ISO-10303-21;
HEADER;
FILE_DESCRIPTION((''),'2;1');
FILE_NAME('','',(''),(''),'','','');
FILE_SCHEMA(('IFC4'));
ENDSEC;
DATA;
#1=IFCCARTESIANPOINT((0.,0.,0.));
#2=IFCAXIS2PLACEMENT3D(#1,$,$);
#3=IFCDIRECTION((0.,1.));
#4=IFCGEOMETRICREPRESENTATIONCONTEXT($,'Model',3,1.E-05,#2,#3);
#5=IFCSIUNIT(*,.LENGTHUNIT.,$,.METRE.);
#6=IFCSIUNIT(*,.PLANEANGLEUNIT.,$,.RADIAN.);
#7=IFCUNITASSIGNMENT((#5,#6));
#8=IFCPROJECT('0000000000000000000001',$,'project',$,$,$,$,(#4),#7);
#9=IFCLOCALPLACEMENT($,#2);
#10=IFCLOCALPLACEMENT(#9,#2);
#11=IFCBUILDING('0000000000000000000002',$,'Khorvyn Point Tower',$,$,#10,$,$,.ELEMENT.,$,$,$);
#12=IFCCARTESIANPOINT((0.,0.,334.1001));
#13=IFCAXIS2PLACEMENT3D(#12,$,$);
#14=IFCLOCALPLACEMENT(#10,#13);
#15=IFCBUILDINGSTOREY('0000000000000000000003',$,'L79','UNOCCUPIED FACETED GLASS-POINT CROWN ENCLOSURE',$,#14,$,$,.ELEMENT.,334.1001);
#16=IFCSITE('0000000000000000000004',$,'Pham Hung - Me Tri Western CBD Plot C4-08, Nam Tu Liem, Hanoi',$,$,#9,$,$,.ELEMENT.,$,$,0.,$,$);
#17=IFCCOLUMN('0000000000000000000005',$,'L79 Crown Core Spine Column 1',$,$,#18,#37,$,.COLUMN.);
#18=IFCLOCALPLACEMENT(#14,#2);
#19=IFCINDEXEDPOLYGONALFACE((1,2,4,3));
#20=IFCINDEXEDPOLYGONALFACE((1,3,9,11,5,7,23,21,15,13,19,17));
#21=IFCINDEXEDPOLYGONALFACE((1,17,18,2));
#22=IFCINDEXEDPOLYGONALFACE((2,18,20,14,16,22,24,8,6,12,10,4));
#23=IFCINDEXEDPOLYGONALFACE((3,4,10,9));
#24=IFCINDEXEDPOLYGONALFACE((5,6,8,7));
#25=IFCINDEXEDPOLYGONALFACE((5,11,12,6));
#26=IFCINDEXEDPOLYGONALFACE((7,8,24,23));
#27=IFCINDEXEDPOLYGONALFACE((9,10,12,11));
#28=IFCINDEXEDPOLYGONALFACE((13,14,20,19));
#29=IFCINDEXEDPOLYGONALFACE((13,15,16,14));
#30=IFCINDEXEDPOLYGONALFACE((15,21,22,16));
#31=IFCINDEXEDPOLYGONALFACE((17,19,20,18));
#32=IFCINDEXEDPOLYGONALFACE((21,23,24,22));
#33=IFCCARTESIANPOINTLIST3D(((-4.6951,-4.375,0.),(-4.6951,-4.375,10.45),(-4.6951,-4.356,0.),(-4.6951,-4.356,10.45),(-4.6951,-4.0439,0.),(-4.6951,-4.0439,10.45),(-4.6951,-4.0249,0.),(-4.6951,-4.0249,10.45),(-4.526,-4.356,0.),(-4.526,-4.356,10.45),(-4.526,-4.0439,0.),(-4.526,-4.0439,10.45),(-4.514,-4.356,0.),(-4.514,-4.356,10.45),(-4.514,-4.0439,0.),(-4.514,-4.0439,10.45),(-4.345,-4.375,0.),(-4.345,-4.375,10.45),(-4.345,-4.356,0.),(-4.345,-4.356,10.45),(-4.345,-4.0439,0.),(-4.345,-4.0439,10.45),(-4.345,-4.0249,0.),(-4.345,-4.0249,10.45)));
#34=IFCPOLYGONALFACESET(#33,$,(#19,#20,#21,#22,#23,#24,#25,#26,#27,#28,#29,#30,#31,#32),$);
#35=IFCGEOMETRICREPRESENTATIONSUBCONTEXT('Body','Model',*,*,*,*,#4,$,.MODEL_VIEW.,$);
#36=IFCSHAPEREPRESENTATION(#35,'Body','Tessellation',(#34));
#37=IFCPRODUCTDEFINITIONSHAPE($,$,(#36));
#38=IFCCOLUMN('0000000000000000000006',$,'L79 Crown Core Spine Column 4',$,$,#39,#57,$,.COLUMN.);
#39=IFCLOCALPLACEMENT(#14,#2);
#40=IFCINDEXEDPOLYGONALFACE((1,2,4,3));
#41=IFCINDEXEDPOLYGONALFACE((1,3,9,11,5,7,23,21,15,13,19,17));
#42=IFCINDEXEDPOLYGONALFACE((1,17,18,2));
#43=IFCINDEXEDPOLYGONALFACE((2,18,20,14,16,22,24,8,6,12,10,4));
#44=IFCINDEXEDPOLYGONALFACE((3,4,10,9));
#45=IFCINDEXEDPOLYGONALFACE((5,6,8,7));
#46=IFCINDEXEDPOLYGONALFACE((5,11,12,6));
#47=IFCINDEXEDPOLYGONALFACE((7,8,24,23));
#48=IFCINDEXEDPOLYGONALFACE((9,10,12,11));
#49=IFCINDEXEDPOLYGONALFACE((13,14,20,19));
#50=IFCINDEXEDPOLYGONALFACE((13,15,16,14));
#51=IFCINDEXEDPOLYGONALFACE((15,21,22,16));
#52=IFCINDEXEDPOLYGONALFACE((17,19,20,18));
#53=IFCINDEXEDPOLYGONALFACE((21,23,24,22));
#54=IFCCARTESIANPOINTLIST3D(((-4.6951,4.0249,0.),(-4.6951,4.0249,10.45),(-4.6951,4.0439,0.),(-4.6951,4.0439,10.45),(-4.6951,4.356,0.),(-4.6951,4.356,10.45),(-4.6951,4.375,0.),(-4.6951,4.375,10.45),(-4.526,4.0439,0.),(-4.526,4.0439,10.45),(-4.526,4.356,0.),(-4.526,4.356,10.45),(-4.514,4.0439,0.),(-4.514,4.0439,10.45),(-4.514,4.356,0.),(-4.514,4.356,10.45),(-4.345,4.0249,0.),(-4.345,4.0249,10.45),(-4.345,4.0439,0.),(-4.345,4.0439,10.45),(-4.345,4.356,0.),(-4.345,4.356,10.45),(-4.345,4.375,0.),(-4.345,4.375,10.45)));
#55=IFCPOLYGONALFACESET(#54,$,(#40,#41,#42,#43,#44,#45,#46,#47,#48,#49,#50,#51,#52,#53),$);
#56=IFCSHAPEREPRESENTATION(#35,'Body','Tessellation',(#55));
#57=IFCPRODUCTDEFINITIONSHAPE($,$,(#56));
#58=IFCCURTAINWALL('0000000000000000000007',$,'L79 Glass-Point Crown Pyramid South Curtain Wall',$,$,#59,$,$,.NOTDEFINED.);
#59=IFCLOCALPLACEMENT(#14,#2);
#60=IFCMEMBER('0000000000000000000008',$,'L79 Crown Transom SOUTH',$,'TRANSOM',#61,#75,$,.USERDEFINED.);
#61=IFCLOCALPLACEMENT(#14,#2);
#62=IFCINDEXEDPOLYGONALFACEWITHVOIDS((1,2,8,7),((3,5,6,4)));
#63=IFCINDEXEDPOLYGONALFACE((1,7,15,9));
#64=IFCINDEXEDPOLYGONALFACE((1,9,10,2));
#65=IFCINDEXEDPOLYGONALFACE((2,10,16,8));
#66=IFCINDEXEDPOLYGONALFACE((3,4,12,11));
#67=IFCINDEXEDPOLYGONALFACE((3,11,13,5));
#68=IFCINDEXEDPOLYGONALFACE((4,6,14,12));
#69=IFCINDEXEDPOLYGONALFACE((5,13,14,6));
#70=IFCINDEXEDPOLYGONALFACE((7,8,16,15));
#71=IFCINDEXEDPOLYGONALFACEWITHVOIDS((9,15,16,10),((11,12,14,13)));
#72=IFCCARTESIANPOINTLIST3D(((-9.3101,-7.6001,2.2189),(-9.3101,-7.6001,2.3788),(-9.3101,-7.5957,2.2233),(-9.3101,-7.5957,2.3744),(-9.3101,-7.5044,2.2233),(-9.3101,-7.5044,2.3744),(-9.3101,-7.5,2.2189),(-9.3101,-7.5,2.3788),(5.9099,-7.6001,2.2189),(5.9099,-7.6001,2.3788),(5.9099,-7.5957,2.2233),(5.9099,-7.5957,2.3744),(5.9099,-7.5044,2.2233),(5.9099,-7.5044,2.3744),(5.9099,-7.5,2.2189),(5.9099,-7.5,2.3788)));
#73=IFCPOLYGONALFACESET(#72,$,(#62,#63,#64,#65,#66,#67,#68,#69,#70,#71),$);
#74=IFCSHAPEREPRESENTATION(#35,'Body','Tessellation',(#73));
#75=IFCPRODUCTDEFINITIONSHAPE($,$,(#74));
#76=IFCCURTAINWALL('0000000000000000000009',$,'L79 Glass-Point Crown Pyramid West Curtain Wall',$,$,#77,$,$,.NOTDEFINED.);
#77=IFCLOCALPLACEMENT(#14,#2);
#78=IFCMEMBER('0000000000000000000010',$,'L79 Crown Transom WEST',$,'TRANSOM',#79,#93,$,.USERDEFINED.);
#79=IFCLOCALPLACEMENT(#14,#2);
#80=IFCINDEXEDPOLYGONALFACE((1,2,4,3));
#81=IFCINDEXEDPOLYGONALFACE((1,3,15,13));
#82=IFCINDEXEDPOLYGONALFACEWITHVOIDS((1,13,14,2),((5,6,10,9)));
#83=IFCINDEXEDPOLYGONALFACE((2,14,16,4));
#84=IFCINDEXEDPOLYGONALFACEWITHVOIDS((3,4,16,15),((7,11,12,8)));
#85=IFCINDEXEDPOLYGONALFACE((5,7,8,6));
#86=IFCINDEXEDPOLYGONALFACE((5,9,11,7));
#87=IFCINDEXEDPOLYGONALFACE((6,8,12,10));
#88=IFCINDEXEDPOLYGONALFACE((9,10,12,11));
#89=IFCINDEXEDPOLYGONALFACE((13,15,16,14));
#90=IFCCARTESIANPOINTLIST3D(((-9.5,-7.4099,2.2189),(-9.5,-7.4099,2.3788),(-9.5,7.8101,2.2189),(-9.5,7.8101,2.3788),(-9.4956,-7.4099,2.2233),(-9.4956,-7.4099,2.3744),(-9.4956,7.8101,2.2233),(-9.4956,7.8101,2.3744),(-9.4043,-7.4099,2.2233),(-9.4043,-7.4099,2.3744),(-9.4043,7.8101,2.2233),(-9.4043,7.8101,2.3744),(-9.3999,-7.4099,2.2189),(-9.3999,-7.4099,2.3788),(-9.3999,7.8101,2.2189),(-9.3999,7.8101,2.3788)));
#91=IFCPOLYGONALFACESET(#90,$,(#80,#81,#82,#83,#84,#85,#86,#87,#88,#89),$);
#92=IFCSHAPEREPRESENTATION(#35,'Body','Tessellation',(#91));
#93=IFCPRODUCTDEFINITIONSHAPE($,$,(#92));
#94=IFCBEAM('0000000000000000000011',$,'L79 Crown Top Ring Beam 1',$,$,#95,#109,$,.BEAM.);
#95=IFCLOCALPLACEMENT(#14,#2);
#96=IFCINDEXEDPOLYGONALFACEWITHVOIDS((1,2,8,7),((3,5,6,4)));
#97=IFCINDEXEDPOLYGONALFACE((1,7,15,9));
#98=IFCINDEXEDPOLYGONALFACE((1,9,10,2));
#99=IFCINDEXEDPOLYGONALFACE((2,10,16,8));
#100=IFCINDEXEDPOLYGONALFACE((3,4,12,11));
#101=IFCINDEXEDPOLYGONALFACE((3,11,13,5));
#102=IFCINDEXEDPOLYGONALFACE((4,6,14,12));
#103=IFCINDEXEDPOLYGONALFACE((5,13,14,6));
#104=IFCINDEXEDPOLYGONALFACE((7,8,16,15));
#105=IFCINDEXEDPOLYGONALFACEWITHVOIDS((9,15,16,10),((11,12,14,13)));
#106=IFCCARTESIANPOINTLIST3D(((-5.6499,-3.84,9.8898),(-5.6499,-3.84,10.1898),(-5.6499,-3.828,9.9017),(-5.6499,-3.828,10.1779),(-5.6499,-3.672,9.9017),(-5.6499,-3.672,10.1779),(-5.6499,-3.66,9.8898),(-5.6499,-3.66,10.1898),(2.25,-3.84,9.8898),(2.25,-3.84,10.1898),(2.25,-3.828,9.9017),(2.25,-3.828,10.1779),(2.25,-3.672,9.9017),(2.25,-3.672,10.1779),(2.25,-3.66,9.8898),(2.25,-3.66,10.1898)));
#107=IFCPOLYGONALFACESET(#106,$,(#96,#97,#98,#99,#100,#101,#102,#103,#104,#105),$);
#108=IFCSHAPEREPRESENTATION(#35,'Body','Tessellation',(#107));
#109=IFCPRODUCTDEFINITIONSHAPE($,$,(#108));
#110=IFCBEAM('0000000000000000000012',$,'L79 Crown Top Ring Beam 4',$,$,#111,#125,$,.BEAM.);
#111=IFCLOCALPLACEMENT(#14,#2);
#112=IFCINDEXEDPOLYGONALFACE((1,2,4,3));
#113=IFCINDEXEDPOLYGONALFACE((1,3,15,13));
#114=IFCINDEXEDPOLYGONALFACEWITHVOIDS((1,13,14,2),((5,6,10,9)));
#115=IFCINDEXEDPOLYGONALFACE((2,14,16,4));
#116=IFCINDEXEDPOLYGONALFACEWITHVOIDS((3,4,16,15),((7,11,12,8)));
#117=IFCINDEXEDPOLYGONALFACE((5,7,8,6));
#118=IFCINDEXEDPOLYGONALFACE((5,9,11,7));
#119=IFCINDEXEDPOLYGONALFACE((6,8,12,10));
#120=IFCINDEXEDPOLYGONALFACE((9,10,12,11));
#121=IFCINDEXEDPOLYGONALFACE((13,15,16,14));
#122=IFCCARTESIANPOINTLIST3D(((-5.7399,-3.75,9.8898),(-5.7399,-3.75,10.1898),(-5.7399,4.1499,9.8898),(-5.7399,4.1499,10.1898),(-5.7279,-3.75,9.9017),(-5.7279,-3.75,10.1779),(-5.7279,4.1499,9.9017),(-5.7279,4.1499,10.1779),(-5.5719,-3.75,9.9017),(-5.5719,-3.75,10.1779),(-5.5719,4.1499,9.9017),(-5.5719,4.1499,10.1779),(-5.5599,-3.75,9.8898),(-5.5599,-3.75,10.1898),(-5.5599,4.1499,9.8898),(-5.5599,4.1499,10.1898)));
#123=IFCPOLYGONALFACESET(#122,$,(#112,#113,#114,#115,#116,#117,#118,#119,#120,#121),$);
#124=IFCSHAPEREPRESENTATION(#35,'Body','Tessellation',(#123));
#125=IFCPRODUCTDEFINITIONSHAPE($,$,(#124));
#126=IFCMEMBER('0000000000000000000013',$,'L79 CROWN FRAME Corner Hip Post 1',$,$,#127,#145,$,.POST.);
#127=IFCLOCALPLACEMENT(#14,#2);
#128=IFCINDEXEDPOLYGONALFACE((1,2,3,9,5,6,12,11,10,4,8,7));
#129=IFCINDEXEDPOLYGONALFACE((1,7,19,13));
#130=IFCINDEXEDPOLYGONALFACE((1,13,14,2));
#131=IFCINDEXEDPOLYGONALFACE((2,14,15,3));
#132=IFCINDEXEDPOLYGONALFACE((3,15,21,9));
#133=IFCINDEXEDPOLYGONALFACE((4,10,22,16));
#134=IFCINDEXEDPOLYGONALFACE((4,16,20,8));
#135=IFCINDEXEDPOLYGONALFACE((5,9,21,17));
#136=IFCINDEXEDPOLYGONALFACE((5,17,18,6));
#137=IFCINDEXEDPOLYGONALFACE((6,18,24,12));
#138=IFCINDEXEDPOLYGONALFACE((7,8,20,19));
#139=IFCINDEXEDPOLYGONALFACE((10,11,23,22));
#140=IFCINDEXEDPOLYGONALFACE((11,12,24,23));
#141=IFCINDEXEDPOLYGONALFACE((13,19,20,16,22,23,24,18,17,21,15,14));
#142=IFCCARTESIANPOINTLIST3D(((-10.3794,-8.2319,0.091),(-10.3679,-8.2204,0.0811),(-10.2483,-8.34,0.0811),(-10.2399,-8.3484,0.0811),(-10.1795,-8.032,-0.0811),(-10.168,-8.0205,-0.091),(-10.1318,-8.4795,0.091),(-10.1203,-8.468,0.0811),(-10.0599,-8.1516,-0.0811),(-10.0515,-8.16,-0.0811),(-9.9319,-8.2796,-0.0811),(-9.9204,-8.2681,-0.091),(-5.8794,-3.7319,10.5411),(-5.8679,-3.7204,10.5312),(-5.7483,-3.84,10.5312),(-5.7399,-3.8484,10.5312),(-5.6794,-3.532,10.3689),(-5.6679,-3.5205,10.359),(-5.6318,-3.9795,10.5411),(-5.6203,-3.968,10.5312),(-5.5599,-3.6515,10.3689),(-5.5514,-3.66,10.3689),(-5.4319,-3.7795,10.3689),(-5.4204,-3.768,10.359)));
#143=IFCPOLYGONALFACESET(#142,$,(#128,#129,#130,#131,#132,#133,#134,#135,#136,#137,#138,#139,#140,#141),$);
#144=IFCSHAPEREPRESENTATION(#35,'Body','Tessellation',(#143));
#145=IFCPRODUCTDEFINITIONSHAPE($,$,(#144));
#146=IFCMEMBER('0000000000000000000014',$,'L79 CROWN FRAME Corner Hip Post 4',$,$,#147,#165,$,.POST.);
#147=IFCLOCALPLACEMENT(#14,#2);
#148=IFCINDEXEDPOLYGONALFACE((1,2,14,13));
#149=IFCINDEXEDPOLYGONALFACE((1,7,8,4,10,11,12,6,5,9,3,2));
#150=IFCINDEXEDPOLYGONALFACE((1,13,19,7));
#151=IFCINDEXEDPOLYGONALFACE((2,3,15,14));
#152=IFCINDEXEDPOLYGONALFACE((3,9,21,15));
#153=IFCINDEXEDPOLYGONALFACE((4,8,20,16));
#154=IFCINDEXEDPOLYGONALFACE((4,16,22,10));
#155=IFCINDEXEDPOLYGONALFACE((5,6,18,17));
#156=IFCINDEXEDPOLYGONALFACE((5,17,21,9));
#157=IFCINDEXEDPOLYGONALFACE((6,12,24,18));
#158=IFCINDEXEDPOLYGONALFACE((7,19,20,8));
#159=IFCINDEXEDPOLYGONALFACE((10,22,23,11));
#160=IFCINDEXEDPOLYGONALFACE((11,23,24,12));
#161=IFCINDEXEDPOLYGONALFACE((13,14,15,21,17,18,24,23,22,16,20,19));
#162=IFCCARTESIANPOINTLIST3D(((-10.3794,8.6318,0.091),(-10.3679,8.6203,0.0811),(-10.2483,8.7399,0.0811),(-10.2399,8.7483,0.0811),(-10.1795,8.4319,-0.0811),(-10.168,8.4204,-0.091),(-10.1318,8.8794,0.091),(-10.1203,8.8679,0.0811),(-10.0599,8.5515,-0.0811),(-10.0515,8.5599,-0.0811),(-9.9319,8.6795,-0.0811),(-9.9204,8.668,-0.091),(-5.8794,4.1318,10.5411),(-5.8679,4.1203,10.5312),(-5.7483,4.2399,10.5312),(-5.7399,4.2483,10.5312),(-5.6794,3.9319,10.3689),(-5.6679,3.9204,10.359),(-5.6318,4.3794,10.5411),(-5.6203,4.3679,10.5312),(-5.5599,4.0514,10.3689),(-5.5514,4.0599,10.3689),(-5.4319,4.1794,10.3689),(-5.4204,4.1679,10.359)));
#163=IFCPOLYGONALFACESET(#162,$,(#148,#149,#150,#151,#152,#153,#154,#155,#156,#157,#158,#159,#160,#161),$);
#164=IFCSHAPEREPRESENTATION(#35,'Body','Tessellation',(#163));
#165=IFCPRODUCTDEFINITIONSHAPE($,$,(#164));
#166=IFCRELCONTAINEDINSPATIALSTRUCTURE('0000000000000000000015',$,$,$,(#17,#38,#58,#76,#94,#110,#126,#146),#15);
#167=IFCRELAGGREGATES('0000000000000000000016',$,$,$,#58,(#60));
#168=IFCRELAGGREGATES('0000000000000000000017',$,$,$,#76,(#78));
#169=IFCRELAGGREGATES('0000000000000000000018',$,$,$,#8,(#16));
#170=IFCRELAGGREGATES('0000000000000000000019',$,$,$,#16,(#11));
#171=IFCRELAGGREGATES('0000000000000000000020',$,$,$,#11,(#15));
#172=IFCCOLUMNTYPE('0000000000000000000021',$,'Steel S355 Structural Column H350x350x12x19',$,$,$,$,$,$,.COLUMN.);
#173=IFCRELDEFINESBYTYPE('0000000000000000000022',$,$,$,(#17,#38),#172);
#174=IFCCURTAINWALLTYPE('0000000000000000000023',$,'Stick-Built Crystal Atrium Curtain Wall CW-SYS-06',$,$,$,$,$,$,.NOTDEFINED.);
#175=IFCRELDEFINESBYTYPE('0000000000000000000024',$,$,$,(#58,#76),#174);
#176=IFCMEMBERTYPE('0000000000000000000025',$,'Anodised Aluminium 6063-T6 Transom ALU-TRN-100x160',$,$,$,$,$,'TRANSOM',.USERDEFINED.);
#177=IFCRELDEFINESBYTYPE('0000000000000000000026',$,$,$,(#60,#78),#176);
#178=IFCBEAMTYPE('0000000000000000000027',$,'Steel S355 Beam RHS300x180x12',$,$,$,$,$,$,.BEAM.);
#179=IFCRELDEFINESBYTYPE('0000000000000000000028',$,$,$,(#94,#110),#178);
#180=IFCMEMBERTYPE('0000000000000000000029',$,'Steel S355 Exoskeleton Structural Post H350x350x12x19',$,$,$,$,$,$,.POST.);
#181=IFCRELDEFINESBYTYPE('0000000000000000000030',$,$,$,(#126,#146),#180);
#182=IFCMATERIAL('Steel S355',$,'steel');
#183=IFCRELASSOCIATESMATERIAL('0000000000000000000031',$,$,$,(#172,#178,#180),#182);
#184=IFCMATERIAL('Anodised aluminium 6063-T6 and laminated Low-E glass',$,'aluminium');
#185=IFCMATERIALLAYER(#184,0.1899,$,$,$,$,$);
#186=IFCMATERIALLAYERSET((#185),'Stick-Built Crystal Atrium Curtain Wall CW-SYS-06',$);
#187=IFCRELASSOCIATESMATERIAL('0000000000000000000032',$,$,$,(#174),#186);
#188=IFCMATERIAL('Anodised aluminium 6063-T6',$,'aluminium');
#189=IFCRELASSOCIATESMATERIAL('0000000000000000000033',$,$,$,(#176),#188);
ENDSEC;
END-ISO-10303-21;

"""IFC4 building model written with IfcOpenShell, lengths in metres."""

from ifc_helpers import new_model, si_unit, direction, frame, origin, origin_2d, place, context, subcontext, project, spatial, hollow_rectangle, i_section, extrude, material, layer, layer_set, material_profile, profile_set, type_object, element, aggregate, save


model = new_model("IFC4")

# Units and contexts
model_context = context("Model", 3, precision=1e-05, world=origin(), true_north=direction((0.0, 1.0)))
body_context = subcontext(model_context, "Body", "Model", "MODEL_VIEW")
ifc_project = project(units=[si_unit("LENGTHUNIT", "METRE"), si_unit("PLANEANGLEUNIT", "RADIAN")], contexts=[model_context])

# Site, building, storey
site_placement = place(None, origin())
site = spatial("IfcSite", under=ifc_project, at=site_placement, Name="Pham Hung - Me Tri Western CBD Plot C4-08, Nam Tu Liem, Hanoi", CompositionType="ELEMENT", RefElevation=0.0)
building_placement = place(site_placement, origin())
building = spatial("IfcBuilding", under=site, at=building_placement, Name="Khorvyn Point Tower", CompositionType="ELEMENT")
storey_placement = place(building_placement, frame((0.0, 0.0, 334.1001)))
storey = spatial("IfcBuildingStorey", under=building, at=storey_placement, Name="L79", Description="UNOCCUPIED FACETED GLASS-POINT CROWN ENCLOSURE", CompositionType="ELEMENT", Elevation=334.1001)

# Columns
ifc_material_1 = material(Name="Steel S355", Category="steel")
ifc_material_profile_1 = material_profile(ifc_material_1, i_section(OverallWidth=0.3501, OverallDepth=0.3501, WebThickness=0.012, FlangeThickness=0.019, at=origin_2d()))
ifc_profile_set_1 = profile_set([ifc_material_profile_1], Name="Steel S355 H350x350x12x19")
column_type = type_object("IfcColumnType", Name="Steel S355 Structural Column H350x350x12x19", PredefinedType="COLUMN", material=ifc_profile_set_1)
for number, where, z_axis, x_axis, name in (
    (1, (-4.52, -4.2, 0.0), (0.0, 0.0, 1.0), (1.0, 0.0, 0.0), "L79 Crown Core Spine Column 1"),
    (2, (-4.52, 4.2, 0.0), (0.0, 0.0, 1.0), (1.0, 0.0, 0.0), "L79 Crown Core Spine Column 4"),
):
    element("IfcColumn", number, at=place(storey_placement, frame(where, z_axis=z_axis, x_axis=x_axis)), inside=storey, type_object=column_type, Name=name, PredefinedType="COLUMN", context=body_context, shape_type="SweptSolid", body=[
        extrude(i_section(OverallWidth=0.3501, OverallDepth=0.3501, WebThickness=0.012, FlangeThickness=0.019, at=origin_2d()), origin(), (0.0, 0.0, 1.0), 10.45),
    ])

# Curtain walls, members
ifc_material_2 = material(Name="Anodised aluminium 6063-T6 and laminated Low-E glass", Category="aluminium")
ifc_layer_1 = layer(ifc_material_2, 0.1899)
ifc_layer_set_1 = layer_set([ifc_layer_1], Name="Stick-Built Crystal Atrium Curtain Wall CW-SYS-06")
curtain_wall_type = type_object("IfcCurtainWallType", Name="Stick-Built Crystal Atrium Curtain Wall CW-SYS-06", PredefinedType="NOTDEFINED", material=ifc_layer_set_1)
curtain_wall_1_placement = place(storey_placement, origin())
curtain_wall_1 = element("IfcCurtainWall", 3, at=curtain_wall_1_placement, inside=storey, type_object=curtain_wall_type, Name="L79 Glass-Point Crown Pyramid South Curtain Wall", PredefinedType="NOTDEFINED")
ifc_material_3 = material(Name="Anodised aluminium 6063-T6", Category="aluminium")
ifc_material_profile_2 = material_profile(ifc_material_3, hollow_rectangle(XDim=0.1001, YDim=0.1599, WallThickness=0.0044, at=origin_2d()))
ifc_profile_set_2 = profile_set([ifc_material_profile_2], Name="Anodised aluminium 6063-T6 ALU-TRN-100x160")
member_type_1 = type_object("IfcMemberType", Name="Anodised Aluminium 6063-T6 Transom ALU-TRN-100x160", ElementType="TRANSOM", PredefinedType="USERDEFINED", material=ifc_profile_set_2)
member_1_placement = place(storey_placement, frame((-9.3101, -7.55, 2.2988), z_axis=(1.0, 0.0, 0.0), x_axis=(0.0, 1.0, 0.0)))
member_1 = element("IfcMember", 4, at=member_1_placement, type_object=member_type_1, Name="L79 Crown Transom SOUTH", ObjectType="TRANSOM", PredefinedType="USERDEFINED", context=body_context, shape_type="SweptSolid", body=[
    extrude(hollow_rectangle(XDim=0.1001, YDim=0.1599, WallThickness=0.0044, at=origin_2d()), origin(), (0.0, 0.0, 1.0), 15.22),
])
curtain_wall_2_placement = place(storey_placement, origin())
curtain_wall_2 = element("IfcCurtainWall", 5, at=curtain_wall_2_placement, inside=storey, type_object=curtain_wall_type, Name="L79 Glass-Point Crown Pyramid West Curtain Wall", PredefinedType="NOTDEFINED")
member_2_placement = place(storey_placement, frame((-9.45, 7.8101, 2.2988), z_axis=(0.0, -1.0, 0.0), x_axis=(1.0, 0.0, 0.0)))
member_2 = element("IfcMember", 6, at=member_2_placement, type_object=member_type_1, Name="L79 Crown Transom WEST", ObjectType="TRANSOM", PredefinedType="USERDEFINED", context=body_context, shape_type="SweptSolid", body=[
    extrude(hollow_rectangle(XDim=0.1001, YDim=0.1599, WallThickness=0.0044, at=origin_2d()), origin(), (0.0, 0.0, 1.0), 15.22),
])

# Beams
ifc_material_profile_3 = material_profile(ifc_material_1, hollow_rectangle(XDim=0.1799, YDim=0.3, WallThickness=0.012, at=origin_2d()))
ifc_profile_set_3 = profile_set([ifc_material_profile_3], Name="Steel S355 RHS300x180x12")
beam_type_1 = type_object("IfcBeamType", Name="Steel S355 Beam RHS300x180x12", PredefinedType="BEAM", material=ifc_profile_set_3)
for number, where, z_axis, x_axis, name in (
    (7, (-5.6499, -3.75, 10.0398), (1.0, 0.0, 0.0), (0.0, 1.0, 0.0), "L79 Crown Top Ring Beam 1"),
    (8, (-5.6499, 4.1499, 10.0398), (0.0, -1.0, 0.0), (1.0, 0.0, 0.0), "L79 Crown Top Ring Beam 4"),
):
    element("IfcBeam", number, at=place(storey_placement, frame(where, z_axis=z_axis, x_axis=x_axis)), inside=storey, type_object=beam_type_1, Name=name, PredefinedType="BEAM", context=body_context, shape_type="SweptSolid", body=[
        extrude(hollow_rectangle(XDim=0.1799, YDim=0.3, WallThickness=0.012, at=origin_2d()), origin(), (0.0, 0.0, 1.0), 7.8999),
    ])

# Members
ifc_material_profile_4 = material_profile(ifc_material_1, i_section(OverallWidth=0.3501, OverallDepth=0.3501, WebThickness=0.012, FlangeThickness=0.019, at=origin_2d()))
ifc_profile_set_4 = profile_set([ifc_material_profile_4], Name="Steel S355 H350x350x12x19")
member_type_2 = type_object("IfcMemberType", Name="Steel S355 Exoskeleton Structural Post H350x350x12x19", PredefinedType="POST", material=ifc_profile_set_4)
for number, where, z_axis, x_axis, name in (
    (9, (-10.1499, -8.25, 0.0), (0.36779, 0.36779, 0.854085), (-0.707107, 0.707107, 0.0), "L79 CROWN FRAME Corner Hip Post 1"),
    (10, (-10.1499, 8.6499, 0.0), (0.36779, -0.36779, 0.854085), (0.707107, 0.707107, 0.0), "L79 CROWN FRAME Corner Hip Post 4"),
):
    element("IfcMember", number, at=place(storey_placement, frame(where, z_axis=z_axis, x_axis=x_axis)), inside=storey, type_object=member_type_2, Name=name, PredefinedType="POST", context=body_context, shape_type="SweptSolid", body=[
        extrude(i_section(OverallWidth=0.3501, OverallDepth=0.3501, WebThickness=0.012, FlangeThickness=0.019, at=origin_2d()), origin(), (0.0, 0.0, 1.0), 12.2354),
    ])

aggregate(curtain_wall_1, [member_1])
aggregate(curtain_wall_2, [member_2])

save(model, "model.ifc")
